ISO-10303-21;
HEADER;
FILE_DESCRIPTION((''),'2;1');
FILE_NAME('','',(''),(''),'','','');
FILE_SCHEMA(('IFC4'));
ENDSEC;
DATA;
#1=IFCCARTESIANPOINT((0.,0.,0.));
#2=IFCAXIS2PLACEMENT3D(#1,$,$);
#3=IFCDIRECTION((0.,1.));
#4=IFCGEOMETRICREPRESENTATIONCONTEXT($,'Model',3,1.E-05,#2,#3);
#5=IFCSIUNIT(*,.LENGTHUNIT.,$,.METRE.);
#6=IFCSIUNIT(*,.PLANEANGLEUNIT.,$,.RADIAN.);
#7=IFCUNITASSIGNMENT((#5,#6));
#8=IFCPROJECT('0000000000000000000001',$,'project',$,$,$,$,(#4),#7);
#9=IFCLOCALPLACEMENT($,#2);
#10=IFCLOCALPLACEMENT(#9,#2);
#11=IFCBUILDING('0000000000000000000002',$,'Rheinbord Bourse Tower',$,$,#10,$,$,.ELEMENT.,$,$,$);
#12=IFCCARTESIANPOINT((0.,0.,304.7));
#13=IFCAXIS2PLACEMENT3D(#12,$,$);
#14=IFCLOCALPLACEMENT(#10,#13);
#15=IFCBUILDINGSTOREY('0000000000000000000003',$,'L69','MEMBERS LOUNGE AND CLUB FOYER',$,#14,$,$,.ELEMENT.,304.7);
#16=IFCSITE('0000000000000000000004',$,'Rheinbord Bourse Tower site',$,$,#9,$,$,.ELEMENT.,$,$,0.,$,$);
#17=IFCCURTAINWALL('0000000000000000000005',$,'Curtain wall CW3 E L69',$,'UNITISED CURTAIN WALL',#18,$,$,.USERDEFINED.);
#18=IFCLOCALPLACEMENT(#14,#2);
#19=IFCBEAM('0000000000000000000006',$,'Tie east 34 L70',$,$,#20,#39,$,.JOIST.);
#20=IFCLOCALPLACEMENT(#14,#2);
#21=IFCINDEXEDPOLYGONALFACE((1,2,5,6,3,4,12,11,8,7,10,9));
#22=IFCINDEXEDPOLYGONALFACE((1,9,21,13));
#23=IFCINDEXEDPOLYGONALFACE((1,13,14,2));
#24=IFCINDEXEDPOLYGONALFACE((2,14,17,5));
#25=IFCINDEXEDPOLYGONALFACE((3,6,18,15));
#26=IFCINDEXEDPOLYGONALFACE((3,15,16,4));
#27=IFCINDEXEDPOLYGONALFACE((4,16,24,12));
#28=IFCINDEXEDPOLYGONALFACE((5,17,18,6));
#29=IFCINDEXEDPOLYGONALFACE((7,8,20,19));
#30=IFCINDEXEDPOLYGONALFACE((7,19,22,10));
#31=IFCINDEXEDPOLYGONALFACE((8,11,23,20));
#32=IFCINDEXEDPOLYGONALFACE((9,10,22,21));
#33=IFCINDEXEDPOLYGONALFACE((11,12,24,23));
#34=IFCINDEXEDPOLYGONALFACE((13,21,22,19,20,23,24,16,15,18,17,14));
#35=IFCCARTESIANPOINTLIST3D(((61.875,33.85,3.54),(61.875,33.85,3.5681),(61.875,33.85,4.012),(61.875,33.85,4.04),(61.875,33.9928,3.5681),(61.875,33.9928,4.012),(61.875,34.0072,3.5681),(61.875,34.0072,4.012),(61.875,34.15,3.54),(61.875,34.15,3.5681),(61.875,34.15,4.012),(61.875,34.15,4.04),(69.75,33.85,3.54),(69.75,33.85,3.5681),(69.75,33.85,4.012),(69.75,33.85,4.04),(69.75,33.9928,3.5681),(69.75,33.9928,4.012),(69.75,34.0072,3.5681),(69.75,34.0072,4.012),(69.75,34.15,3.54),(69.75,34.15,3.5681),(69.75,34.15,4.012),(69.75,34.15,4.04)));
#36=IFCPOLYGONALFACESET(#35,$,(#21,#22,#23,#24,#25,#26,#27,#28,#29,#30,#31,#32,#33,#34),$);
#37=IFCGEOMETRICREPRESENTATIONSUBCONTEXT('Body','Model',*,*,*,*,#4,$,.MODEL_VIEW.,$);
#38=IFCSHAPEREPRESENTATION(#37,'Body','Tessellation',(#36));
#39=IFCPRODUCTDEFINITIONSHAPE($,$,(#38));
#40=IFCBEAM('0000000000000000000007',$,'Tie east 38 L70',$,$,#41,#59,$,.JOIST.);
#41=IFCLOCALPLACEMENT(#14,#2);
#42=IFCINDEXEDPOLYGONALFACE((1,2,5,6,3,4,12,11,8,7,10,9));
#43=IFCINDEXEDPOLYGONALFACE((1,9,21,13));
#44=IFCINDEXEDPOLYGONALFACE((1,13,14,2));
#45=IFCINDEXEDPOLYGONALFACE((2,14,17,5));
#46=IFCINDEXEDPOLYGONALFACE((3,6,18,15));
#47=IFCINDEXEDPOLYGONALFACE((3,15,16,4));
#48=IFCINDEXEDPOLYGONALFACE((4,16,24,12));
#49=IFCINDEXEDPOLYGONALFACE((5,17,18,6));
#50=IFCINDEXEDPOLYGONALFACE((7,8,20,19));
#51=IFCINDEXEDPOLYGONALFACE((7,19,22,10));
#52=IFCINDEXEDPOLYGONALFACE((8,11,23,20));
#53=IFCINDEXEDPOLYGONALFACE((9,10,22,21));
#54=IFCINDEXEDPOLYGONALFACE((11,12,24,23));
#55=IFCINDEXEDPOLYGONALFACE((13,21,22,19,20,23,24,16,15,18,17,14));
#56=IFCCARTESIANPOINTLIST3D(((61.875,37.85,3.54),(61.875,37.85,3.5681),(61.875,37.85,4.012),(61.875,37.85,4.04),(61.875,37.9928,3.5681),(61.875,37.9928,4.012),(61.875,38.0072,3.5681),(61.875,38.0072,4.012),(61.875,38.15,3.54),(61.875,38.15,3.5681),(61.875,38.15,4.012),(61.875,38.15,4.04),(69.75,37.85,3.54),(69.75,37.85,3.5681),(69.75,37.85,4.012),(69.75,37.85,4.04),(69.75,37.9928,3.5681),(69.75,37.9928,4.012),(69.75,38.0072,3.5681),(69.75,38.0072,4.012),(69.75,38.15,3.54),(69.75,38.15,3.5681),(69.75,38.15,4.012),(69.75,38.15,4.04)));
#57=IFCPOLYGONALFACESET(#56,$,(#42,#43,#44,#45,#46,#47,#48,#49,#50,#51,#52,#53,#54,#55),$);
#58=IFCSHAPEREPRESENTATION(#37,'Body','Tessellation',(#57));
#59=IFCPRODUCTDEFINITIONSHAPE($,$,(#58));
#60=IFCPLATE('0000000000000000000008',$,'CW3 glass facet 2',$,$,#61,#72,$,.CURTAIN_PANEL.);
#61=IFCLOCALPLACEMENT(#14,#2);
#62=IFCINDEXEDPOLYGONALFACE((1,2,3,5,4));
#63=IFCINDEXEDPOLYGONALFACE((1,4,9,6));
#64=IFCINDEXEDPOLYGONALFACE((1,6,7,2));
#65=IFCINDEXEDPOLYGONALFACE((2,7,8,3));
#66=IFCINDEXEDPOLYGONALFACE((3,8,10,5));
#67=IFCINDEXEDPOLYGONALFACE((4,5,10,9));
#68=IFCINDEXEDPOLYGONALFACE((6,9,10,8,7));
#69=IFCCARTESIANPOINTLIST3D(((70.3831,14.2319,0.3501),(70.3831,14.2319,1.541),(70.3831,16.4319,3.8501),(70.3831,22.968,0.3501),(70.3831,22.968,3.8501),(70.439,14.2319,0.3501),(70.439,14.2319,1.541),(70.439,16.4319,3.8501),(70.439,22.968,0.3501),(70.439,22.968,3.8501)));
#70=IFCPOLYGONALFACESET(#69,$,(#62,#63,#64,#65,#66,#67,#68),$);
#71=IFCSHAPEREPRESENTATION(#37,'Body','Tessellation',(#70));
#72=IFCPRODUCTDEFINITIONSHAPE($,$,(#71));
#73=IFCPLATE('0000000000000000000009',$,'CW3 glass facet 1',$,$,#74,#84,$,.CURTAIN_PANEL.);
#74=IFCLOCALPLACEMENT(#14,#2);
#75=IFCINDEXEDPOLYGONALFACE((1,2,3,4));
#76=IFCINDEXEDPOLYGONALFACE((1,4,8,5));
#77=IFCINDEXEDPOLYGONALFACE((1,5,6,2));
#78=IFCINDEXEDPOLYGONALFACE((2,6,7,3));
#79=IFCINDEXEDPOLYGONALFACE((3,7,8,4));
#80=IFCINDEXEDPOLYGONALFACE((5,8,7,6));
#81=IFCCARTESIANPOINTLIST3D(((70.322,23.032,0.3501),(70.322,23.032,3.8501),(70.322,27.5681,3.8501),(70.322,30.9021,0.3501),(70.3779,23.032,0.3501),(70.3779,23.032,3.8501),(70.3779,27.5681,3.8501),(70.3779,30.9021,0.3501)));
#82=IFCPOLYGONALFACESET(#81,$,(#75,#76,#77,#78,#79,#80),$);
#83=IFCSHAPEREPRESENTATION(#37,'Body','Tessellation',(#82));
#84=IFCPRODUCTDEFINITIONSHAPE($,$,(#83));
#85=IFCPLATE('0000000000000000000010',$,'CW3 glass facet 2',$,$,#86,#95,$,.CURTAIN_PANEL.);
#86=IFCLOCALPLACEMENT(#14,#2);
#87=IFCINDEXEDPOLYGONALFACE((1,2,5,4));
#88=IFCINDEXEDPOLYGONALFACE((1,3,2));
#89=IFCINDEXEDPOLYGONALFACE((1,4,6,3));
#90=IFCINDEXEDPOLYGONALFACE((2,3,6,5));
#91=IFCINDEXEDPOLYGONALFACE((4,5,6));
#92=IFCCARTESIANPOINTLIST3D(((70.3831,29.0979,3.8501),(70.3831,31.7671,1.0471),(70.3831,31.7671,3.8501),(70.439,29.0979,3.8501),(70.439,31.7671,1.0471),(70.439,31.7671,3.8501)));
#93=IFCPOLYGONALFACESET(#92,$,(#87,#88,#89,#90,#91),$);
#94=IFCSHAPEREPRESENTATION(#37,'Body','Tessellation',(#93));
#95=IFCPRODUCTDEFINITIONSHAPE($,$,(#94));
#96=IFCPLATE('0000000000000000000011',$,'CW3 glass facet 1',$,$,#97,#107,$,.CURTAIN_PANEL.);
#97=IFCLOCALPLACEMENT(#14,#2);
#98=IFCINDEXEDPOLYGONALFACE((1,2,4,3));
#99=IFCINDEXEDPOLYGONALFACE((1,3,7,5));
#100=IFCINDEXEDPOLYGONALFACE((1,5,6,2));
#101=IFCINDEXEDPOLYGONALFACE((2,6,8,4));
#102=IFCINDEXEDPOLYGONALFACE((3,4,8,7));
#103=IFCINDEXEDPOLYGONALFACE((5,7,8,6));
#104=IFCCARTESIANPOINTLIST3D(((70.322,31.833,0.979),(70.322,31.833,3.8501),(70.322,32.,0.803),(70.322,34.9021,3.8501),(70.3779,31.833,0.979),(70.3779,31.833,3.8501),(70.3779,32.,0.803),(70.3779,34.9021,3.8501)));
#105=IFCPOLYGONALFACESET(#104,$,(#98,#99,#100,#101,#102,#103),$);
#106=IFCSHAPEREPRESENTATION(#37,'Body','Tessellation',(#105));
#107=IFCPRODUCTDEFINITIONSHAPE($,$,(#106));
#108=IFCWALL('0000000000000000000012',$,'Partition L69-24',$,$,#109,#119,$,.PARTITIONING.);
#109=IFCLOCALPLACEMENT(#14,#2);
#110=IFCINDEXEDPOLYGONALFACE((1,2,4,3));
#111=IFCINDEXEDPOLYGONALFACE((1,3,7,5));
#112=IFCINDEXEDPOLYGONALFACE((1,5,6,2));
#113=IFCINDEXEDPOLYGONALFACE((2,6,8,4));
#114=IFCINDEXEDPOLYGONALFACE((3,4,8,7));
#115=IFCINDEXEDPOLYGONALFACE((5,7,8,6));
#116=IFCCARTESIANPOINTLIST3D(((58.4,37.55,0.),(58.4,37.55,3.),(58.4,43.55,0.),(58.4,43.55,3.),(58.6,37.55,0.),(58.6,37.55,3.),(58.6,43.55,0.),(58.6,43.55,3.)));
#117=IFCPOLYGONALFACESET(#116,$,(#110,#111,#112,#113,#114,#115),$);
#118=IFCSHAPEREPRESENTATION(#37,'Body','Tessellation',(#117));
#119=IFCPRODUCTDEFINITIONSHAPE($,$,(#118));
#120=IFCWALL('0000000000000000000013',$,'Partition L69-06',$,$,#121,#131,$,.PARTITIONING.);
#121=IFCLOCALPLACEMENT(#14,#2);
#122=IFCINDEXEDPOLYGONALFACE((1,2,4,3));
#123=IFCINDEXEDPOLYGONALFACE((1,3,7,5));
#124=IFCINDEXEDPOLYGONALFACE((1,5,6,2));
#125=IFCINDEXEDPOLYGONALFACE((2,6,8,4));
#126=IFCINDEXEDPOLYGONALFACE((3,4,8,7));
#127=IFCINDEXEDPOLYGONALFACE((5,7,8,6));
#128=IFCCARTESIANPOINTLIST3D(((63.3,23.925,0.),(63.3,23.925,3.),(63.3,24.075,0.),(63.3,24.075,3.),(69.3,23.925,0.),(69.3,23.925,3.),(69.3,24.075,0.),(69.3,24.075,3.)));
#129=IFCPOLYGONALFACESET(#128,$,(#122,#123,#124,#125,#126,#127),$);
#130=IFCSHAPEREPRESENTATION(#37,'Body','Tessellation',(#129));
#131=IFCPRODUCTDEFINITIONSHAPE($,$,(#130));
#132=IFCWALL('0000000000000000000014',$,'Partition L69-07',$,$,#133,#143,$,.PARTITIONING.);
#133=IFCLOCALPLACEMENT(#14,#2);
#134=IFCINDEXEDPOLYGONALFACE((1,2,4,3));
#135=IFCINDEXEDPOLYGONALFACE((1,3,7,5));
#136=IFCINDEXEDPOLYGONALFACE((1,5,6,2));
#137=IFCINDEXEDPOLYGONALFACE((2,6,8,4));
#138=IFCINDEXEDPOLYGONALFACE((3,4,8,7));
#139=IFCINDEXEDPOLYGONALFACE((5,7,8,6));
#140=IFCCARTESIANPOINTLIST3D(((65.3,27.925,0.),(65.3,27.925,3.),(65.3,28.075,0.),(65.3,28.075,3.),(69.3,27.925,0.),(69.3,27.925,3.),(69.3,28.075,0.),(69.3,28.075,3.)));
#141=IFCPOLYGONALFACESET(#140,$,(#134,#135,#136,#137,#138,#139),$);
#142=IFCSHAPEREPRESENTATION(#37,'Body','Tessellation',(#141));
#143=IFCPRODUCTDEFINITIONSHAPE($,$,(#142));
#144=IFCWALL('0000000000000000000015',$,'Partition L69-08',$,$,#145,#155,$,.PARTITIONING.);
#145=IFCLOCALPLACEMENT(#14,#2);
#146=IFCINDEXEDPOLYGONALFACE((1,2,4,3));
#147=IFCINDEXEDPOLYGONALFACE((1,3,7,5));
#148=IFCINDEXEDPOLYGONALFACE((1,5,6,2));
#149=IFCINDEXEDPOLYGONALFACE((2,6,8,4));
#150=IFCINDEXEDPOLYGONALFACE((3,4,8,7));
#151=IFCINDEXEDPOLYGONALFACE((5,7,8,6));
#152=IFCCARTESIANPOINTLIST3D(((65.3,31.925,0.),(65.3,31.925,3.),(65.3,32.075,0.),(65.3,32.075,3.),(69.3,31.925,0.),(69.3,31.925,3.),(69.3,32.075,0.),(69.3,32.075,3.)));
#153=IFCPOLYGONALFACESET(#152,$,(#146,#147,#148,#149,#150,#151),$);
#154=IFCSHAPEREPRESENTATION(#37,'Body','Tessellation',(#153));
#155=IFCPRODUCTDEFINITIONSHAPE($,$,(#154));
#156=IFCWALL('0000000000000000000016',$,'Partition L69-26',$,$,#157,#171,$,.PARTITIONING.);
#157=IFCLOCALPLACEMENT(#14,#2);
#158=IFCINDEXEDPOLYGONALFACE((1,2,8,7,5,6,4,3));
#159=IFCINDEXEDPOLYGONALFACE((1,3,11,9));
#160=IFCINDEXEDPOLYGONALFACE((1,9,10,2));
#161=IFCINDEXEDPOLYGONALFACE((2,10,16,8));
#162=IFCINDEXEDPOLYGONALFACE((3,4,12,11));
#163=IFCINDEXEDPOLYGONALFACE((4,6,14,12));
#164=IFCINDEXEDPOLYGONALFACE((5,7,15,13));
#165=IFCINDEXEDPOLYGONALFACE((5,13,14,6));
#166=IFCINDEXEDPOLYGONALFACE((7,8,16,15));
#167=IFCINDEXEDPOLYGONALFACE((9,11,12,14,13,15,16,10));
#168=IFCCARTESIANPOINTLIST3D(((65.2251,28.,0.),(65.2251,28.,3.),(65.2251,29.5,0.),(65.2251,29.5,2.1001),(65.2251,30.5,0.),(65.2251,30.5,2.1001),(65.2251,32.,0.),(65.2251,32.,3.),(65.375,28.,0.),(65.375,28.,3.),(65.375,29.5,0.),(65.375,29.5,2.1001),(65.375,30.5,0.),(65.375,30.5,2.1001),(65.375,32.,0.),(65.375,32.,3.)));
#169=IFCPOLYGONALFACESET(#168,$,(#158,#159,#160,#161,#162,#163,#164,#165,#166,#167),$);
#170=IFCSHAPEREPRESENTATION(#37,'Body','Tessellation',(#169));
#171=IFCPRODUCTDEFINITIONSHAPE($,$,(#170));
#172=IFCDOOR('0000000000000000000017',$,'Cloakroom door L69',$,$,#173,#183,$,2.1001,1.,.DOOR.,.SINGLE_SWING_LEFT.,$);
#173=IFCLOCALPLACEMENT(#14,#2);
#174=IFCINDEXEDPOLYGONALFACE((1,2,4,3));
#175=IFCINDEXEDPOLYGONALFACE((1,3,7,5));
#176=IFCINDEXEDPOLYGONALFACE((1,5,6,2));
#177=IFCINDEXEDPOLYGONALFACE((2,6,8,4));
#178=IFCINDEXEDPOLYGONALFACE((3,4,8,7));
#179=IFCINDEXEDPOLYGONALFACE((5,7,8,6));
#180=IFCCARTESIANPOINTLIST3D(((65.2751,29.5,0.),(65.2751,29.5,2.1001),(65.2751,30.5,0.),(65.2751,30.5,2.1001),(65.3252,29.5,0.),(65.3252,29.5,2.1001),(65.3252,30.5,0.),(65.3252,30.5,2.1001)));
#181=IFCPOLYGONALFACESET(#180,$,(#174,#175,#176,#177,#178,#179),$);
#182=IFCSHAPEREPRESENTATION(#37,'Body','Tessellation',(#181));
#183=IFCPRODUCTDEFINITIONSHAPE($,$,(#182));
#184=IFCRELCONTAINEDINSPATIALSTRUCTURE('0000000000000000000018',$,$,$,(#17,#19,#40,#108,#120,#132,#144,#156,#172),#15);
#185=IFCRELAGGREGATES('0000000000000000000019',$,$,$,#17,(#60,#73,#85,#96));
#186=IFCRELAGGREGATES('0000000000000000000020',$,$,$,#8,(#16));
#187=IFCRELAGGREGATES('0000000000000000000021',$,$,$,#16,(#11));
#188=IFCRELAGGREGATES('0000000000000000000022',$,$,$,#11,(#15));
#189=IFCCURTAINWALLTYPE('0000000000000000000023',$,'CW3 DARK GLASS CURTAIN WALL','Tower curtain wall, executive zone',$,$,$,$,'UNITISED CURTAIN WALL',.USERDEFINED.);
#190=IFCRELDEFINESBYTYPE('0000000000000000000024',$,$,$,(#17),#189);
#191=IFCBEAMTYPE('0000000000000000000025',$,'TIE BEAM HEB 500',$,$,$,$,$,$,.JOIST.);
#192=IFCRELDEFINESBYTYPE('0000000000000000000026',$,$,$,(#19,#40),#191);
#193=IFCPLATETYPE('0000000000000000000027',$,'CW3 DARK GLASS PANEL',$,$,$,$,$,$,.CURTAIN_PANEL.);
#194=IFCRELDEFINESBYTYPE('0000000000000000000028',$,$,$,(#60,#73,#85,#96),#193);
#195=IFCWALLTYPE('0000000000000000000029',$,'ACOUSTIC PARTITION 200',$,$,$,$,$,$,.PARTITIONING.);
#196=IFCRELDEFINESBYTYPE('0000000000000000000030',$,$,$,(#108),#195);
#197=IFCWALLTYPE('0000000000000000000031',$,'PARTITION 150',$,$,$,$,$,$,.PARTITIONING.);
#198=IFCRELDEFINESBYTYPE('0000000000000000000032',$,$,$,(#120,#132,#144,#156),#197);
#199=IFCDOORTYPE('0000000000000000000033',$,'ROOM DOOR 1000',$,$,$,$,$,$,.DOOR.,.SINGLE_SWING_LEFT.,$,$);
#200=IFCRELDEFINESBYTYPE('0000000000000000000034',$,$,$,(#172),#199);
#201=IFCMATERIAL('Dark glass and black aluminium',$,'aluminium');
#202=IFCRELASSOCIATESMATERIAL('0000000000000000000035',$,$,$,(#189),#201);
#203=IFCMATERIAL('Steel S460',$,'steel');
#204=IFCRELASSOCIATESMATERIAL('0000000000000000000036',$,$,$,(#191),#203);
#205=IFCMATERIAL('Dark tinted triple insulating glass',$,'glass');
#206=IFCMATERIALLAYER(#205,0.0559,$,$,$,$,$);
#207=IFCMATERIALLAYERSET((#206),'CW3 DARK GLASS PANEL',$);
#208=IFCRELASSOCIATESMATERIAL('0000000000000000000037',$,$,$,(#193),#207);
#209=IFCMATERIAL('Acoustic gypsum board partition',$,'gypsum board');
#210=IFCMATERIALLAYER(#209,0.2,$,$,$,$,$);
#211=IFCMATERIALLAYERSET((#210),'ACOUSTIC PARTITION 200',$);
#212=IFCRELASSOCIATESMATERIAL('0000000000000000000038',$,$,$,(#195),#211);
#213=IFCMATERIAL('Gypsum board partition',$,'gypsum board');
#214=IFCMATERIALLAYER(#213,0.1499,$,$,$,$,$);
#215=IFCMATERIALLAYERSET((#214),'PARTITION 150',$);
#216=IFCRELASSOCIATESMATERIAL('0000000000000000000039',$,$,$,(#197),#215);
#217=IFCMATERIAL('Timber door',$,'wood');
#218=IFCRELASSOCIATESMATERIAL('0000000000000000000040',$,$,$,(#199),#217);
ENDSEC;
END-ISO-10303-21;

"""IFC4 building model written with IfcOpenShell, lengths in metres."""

from ifc_helpers import new_model, si_unit, direction, frame, frame_2d, origin, origin_2d, place, context, subcontext, project, spatial, polyline, rectangle, i_section, outline, extrude, material, layer, layer_set, material_profile, profile_set, type_object, element, fill, aggregate, save


model = new_model("IFC4")

# Units and contexts
model_context = context("Model", 3, precision=1e-05, world=origin(), true_north=direction((0.0, 1.0)))
body_context = subcontext(model_context, "Body", "Model", "MODEL_VIEW")
ifc_project = project(units=[si_unit("LENGTHUNIT", "METRE"), si_unit("PLANEANGLEUNIT", "RADIAN")], contexts=[model_context])

# Site, building, storey
site_placement = place(None, origin())
site = spatial("IfcSite", under=ifc_project, at=site_placement, Name="Rheinbord Bourse Tower site", CompositionType="ELEMENT", RefElevation=0.0)
building_placement = place(site_placement, origin())
building = spatial("IfcBuilding", under=site, at=building_placement, Name="Rheinbord Bourse Tower", CompositionType="ELEMENT")
storey_placement = place(building_placement, frame((0.0, 0.0, 304.7)))
storey = spatial("IfcBuildingStorey", under=building, at=storey_placement, Name="L69", Description="MEMBERS LOUNGE AND CLUB FOYER", CompositionType="ELEMENT", Elevation=304.7)

# Curtain wall
ifc_material_1 = material(Name="Dark glass and black aluminium", Category="aluminium")
curtain_wall_type = type_object("IfcCurtainWallType", Name="CW3 DARK GLASS CURTAIN WALL", Description="Tower curtain wall, executive zone", ElementType="UNITISED CURTAIN WALL", PredefinedType="USERDEFINED", material=ifc_material_1)
curtain_wall_placement = place(storey_placement, origin())
curtain_wall = element("IfcCurtainWall", 1, at=curtain_wall_placement, inside=storey, type_object=curtain_wall_type, Name="Curtain wall CW3 E L69", ObjectType="UNITISED CURTAIN WALL", PredefinedType="USERDEFINED")

# Beams
ifc_material_2 = material(Name="Steel S460", Category="steel")
ifc_material_profile_1 = material_profile(ifc_material_2, i_section(OverallWidth=0.3, OverallDepth=0.5, WebThickness=0.0144, FlangeThickness=0.0281, at=origin_2d()), Name="HEB 500")
ifc_profile_set_1 = profile_set([ifc_material_profile_1], Name="Steel S460")
beam_type_1 = type_object("IfcBeamType", Name="TIE BEAM HEB 500", PredefinedType="JOIST", material=ifc_profile_set_1)
for number, where, z_axis, x_axis, name in (
    (2, (61.875, 34.0, 3.79), (1.0, 0.0, 0.0), (0.0, 1.0, 0.0), "Tie east 34 L70"),
    (3, (61.875, 38.0, 3.79), (1.0, 0.0, 0.0), (0.0, 1.0, 0.0), "Tie east 38 L70"),
):
    element("IfcBeam", number, at=place(storey_placement, frame(where, z_axis=z_axis, x_axis=x_axis)), inside=storey, type_object=beam_type_1, Name=name, PredefinedType="JOIST", context=body_context, shape_type="SweptSolid", body=[
        extrude(i_section(OverallWidth=0.3, OverallDepth=0.5, WebThickness=0.0144, FlangeThickness=0.0281, at=origin_2d()), origin(), (0.0, 0.0, 1.0), 7.875),
    ])

# Plates
ifc_material_3 = material(Name="Dark tinted triple insulating glass", Category="glass")
ifc_layer_1 = layer(ifc_material_3, 0.0559)
ifc_layer_set_1 = layer_set([ifc_layer_1], Name="CW3 DARK GLASS PANEL")
plate_type = type_object("IfcPlateType", Name="CW3 DARK GLASS PANEL", PredefinedType="CURTAIN_PANEL", material=ifc_layer_set_1)
plate_1_placement = place(storey_placement, frame((70.439, 22.968, 3.8501), z_axis=(-1.0, 0.0, 0.0), x_axis=(0.0, 0.0, -1.0)))
plate_1 = element("IfcPlate", 4, at=plate_1_placement, type_object=plate_type, Name="CW3 glass facet 2", PredefinedType="CURTAIN_PANEL", context=body_context, shape_type="SweptSolid", body=[
    extrude(outline(polyline([(0.0, 0.0), (3.5, 0.0), (3.5, 8.7361), (2.3091, 8.7361), (0.0, 6.5361), (0.0, 0.0)])), origin(), (0.0, 0.0, 1.0), 0.0559),
])
plate_2_placement = place(storey_placement, frame((70.3779, 23.032, 0.3501), z_axis=(-1.0, 0.0, 0.0), x_axis=(0.0, 0.0, 1.0)))
plate_2 = element("IfcPlate", 5, at=plate_2_placement, type_object=plate_type, Name="CW3 glass facet 1", PredefinedType="CURTAIN_PANEL", context=body_context, shape_type="SweptSolid", body=[
    extrude(outline(polyline([(0.0, 0.0), (3.5, 0.0), (3.5, 4.5361), (0.0, 7.8701), (0.0, 0.0)])), origin(), (0.0, 0.0, 1.0), 0.0559),
])
plate_3_placement = place(storey_placement, frame((70.439, 31.7671, 3.8501), z_axis=(-1.0, 0.0, 0.0), x_axis=(0.0, 0.0, -1.0)))
plate_3 = element("IfcPlate", 6, at=plate_3_placement, type_object=plate_type, Name="CW3 glass facet 2", PredefinedType="CURTAIN_PANEL", context=body_context, shape_type="SweptSolid", body=[
    extrude(outline(polyline([(0.0, 0.0), (2.803, 0.0), (0.0, 2.6692), (0.0, 0.0)])), origin(), (0.0, 0.0, 1.0), 0.0559),
])
plate_4_placement = place(storey_placement, frame((70.3779, 31.833, 3.8501), z_axis=(-1.0, 0.0, 0.0), x_axis=(0.0, 1.0, 0.0)))
plate_4 = element("IfcPlate", 7, at=plate_4_placement, type_object=plate_type, Name="CW3 glass facet 1", PredefinedType="CURTAIN_PANEL", context=body_context, shape_type="SweptSolid", body=[
    extrude(outline(polyline([(0.0, 0.0), (3.0691, 0.0), (0.167, 3.0471), (0.0, 2.8711), (0.0, 0.0)])), origin(), (0.0, 0.0, 1.0), 0.0559),
])
aggregate(curtain_wall, [plate_1, plate_2, plate_3, plate_4])

# Walls
ifc_material_4 = material(Name="Acoustic gypsum board partition", Category="gypsum board")
ifc_layer_2 = layer(ifc_material_4, 0.2)
ifc_layer_set_2 = layer_set([ifc_layer_2], Name="ACOUSTIC PARTITION 200")
wall_type_1 = type_object("IfcWallType", Name="ACOUSTIC PARTITION 200", PredefinedType="PARTITIONING", material=ifc_layer_set_2)
wall_1_placement = place(storey_placement, frame((58.5, 37.55, 0.0), z_axis=(0.0, 0.0, 1.0), x_axis=(0.0, 1.0, 0.0)))
element("IfcWall", 8, at=wall_1_placement, inside=storey, type_object=wall_type_1, Name="Partition L69-24", PredefinedType="PARTITIONING", context=body_context, shape_type="SweptSolid", body=[
    extrude(rectangle(XDim=6.0, YDim=0.2, at=frame_2d((3.0, 0.0))), origin(), (0.0, 0.0, 1.0), 3.0),
])
ifc_material_5 = material(Name="Gypsum board partition", Category="gypsum board")
ifc_layer_3 = layer(ifc_material_5, 0.1499)
ifc_layer_set_3 = layer_set([ifc_layer_3], Name="PARTITION 150")
wall_type_2 = type_object("IfcWallType", Name="PARTITION 150", PredefinedType="PARTITIONING", material=ifc_layer_set_3)
wall_2_placement = place(storey_placement, frame((63.3, 24.0, 0.0), z_axis=(0.0, 0.0, 1.0), x_axis=(1.0, 0.0, 0.0)))
element("IfcWall", 9, at=wall_2_placement, inside=storey, type_object=wall_type_2, Name="Partition L69-06", PredefinedType="PARTITIONING", context=body_context, shape_type="SweptSolid", body=[
    extrude(rectangle(XDim=6.0, YDim=0.1499, at=frame_2d((3.0, 0.0))), origin(), (0.0, 0.0, 1.0), 3.0),
])
for number, where, z_axis, x_axis, name in (
    (10, (65.3, 28.0, 0.0), (0.0, 0.0, 1.0), (1.0, 0.0, 0.0), "Partition L69-07"),
    (11, (65.3, 32.0, 0.0), (0.0, 0.0, 1.0), (1.0, 0.0, 0.0), "Partition L69-08"),
):
    element("IfcWall", number, at=place(storey_placement, frame(where, z_axis=z_axis, x_axis=x_axis)), inside=storey, type_object=wall_type_2, Name=name, PredefinedType="PARTITIONING", context=body_context, shape_type="SweptSolid", body=[
        extrude(rectangle(XDim=4.0, YDim=0.1499, at=frame_2d((2.0, 0.0))), origin(), (0.0, 0.0, 1.0), 3.0),
    ])

# Wall, opening, door
wall_3_placement = place(storey_placement, frame((65.3, 28.0, 0.0), z_axis=(0.0, 0.0, 1.0), x_axis=(0.0, 1.0, 0.0)))
wall_3 = element("IfcWall", 12, at=wall_3_placement, inside=storey, type_object=wall_type_2, Name="Partition L69-26", PredefinedType="PARTITIONING", context=body_context, shape_type="SweptSolid", body=[
    extrude(rectangle(XDim=4.0, YDim=0.1499, at=frame_2d((2.0, 0.0))), origin(), (0.0, 0.0, 1.0), 3.0),
])
opening_placement = place(wall_3_placement, frame((1.5, 0.0, 0.0)))
opening = element("IfcOpeningElement", 13, at=opening_placement, cuts=wall_3, PredefinedType="OPENING", context=body_context, shape_type="SweptSolid", body=[
    extrude(rectangle(XDim=1.0, YDim=2.1001, at=frame_2d((0.5, 1.05))), frame((0.0, 0.085, 0.0), z_axis=(0.0, -1.0, 0.0), x_axis=(1.0, 0.0, 0.0)), (0.0, 0.0, 1.0), 0.1699),
])
ifc_material_6 = material(Name="Timber door", Category="wood")
door_type = type_object("IfcDoorType", Name="ROOM DOOR 1000", OperationType="SINGLE_SWING_LEFT", PredefinedType="DOOR", material=ifc_material_6)
door_placement = place(opening_placement, origin())
door = element("IfcDoor", 14, at=door_placement, inside=storey, type_object=door_type, Name="Cloakroom door L69", OperationType="SINGLE_SWING_LEFT", OverallHeight=2.1001, OverallWidth=1.0, PredefinedType="DOOR", context=body_context, shape_type="SweptSolid", body=[
    extrude(rectangle(XDim=1.0, YDim=2.1001, at=frame_2d((0.5, 1.05))), frame((0.0, 0.0249, 0.0), z_axis=(0.0, -1.0, 0.0), x_axis=(1.0, 0.0, 0.0)), (0.0, 0.0, 1.0), 0.05),
])
fill(opening, door)

save(model, "model.ifc")
